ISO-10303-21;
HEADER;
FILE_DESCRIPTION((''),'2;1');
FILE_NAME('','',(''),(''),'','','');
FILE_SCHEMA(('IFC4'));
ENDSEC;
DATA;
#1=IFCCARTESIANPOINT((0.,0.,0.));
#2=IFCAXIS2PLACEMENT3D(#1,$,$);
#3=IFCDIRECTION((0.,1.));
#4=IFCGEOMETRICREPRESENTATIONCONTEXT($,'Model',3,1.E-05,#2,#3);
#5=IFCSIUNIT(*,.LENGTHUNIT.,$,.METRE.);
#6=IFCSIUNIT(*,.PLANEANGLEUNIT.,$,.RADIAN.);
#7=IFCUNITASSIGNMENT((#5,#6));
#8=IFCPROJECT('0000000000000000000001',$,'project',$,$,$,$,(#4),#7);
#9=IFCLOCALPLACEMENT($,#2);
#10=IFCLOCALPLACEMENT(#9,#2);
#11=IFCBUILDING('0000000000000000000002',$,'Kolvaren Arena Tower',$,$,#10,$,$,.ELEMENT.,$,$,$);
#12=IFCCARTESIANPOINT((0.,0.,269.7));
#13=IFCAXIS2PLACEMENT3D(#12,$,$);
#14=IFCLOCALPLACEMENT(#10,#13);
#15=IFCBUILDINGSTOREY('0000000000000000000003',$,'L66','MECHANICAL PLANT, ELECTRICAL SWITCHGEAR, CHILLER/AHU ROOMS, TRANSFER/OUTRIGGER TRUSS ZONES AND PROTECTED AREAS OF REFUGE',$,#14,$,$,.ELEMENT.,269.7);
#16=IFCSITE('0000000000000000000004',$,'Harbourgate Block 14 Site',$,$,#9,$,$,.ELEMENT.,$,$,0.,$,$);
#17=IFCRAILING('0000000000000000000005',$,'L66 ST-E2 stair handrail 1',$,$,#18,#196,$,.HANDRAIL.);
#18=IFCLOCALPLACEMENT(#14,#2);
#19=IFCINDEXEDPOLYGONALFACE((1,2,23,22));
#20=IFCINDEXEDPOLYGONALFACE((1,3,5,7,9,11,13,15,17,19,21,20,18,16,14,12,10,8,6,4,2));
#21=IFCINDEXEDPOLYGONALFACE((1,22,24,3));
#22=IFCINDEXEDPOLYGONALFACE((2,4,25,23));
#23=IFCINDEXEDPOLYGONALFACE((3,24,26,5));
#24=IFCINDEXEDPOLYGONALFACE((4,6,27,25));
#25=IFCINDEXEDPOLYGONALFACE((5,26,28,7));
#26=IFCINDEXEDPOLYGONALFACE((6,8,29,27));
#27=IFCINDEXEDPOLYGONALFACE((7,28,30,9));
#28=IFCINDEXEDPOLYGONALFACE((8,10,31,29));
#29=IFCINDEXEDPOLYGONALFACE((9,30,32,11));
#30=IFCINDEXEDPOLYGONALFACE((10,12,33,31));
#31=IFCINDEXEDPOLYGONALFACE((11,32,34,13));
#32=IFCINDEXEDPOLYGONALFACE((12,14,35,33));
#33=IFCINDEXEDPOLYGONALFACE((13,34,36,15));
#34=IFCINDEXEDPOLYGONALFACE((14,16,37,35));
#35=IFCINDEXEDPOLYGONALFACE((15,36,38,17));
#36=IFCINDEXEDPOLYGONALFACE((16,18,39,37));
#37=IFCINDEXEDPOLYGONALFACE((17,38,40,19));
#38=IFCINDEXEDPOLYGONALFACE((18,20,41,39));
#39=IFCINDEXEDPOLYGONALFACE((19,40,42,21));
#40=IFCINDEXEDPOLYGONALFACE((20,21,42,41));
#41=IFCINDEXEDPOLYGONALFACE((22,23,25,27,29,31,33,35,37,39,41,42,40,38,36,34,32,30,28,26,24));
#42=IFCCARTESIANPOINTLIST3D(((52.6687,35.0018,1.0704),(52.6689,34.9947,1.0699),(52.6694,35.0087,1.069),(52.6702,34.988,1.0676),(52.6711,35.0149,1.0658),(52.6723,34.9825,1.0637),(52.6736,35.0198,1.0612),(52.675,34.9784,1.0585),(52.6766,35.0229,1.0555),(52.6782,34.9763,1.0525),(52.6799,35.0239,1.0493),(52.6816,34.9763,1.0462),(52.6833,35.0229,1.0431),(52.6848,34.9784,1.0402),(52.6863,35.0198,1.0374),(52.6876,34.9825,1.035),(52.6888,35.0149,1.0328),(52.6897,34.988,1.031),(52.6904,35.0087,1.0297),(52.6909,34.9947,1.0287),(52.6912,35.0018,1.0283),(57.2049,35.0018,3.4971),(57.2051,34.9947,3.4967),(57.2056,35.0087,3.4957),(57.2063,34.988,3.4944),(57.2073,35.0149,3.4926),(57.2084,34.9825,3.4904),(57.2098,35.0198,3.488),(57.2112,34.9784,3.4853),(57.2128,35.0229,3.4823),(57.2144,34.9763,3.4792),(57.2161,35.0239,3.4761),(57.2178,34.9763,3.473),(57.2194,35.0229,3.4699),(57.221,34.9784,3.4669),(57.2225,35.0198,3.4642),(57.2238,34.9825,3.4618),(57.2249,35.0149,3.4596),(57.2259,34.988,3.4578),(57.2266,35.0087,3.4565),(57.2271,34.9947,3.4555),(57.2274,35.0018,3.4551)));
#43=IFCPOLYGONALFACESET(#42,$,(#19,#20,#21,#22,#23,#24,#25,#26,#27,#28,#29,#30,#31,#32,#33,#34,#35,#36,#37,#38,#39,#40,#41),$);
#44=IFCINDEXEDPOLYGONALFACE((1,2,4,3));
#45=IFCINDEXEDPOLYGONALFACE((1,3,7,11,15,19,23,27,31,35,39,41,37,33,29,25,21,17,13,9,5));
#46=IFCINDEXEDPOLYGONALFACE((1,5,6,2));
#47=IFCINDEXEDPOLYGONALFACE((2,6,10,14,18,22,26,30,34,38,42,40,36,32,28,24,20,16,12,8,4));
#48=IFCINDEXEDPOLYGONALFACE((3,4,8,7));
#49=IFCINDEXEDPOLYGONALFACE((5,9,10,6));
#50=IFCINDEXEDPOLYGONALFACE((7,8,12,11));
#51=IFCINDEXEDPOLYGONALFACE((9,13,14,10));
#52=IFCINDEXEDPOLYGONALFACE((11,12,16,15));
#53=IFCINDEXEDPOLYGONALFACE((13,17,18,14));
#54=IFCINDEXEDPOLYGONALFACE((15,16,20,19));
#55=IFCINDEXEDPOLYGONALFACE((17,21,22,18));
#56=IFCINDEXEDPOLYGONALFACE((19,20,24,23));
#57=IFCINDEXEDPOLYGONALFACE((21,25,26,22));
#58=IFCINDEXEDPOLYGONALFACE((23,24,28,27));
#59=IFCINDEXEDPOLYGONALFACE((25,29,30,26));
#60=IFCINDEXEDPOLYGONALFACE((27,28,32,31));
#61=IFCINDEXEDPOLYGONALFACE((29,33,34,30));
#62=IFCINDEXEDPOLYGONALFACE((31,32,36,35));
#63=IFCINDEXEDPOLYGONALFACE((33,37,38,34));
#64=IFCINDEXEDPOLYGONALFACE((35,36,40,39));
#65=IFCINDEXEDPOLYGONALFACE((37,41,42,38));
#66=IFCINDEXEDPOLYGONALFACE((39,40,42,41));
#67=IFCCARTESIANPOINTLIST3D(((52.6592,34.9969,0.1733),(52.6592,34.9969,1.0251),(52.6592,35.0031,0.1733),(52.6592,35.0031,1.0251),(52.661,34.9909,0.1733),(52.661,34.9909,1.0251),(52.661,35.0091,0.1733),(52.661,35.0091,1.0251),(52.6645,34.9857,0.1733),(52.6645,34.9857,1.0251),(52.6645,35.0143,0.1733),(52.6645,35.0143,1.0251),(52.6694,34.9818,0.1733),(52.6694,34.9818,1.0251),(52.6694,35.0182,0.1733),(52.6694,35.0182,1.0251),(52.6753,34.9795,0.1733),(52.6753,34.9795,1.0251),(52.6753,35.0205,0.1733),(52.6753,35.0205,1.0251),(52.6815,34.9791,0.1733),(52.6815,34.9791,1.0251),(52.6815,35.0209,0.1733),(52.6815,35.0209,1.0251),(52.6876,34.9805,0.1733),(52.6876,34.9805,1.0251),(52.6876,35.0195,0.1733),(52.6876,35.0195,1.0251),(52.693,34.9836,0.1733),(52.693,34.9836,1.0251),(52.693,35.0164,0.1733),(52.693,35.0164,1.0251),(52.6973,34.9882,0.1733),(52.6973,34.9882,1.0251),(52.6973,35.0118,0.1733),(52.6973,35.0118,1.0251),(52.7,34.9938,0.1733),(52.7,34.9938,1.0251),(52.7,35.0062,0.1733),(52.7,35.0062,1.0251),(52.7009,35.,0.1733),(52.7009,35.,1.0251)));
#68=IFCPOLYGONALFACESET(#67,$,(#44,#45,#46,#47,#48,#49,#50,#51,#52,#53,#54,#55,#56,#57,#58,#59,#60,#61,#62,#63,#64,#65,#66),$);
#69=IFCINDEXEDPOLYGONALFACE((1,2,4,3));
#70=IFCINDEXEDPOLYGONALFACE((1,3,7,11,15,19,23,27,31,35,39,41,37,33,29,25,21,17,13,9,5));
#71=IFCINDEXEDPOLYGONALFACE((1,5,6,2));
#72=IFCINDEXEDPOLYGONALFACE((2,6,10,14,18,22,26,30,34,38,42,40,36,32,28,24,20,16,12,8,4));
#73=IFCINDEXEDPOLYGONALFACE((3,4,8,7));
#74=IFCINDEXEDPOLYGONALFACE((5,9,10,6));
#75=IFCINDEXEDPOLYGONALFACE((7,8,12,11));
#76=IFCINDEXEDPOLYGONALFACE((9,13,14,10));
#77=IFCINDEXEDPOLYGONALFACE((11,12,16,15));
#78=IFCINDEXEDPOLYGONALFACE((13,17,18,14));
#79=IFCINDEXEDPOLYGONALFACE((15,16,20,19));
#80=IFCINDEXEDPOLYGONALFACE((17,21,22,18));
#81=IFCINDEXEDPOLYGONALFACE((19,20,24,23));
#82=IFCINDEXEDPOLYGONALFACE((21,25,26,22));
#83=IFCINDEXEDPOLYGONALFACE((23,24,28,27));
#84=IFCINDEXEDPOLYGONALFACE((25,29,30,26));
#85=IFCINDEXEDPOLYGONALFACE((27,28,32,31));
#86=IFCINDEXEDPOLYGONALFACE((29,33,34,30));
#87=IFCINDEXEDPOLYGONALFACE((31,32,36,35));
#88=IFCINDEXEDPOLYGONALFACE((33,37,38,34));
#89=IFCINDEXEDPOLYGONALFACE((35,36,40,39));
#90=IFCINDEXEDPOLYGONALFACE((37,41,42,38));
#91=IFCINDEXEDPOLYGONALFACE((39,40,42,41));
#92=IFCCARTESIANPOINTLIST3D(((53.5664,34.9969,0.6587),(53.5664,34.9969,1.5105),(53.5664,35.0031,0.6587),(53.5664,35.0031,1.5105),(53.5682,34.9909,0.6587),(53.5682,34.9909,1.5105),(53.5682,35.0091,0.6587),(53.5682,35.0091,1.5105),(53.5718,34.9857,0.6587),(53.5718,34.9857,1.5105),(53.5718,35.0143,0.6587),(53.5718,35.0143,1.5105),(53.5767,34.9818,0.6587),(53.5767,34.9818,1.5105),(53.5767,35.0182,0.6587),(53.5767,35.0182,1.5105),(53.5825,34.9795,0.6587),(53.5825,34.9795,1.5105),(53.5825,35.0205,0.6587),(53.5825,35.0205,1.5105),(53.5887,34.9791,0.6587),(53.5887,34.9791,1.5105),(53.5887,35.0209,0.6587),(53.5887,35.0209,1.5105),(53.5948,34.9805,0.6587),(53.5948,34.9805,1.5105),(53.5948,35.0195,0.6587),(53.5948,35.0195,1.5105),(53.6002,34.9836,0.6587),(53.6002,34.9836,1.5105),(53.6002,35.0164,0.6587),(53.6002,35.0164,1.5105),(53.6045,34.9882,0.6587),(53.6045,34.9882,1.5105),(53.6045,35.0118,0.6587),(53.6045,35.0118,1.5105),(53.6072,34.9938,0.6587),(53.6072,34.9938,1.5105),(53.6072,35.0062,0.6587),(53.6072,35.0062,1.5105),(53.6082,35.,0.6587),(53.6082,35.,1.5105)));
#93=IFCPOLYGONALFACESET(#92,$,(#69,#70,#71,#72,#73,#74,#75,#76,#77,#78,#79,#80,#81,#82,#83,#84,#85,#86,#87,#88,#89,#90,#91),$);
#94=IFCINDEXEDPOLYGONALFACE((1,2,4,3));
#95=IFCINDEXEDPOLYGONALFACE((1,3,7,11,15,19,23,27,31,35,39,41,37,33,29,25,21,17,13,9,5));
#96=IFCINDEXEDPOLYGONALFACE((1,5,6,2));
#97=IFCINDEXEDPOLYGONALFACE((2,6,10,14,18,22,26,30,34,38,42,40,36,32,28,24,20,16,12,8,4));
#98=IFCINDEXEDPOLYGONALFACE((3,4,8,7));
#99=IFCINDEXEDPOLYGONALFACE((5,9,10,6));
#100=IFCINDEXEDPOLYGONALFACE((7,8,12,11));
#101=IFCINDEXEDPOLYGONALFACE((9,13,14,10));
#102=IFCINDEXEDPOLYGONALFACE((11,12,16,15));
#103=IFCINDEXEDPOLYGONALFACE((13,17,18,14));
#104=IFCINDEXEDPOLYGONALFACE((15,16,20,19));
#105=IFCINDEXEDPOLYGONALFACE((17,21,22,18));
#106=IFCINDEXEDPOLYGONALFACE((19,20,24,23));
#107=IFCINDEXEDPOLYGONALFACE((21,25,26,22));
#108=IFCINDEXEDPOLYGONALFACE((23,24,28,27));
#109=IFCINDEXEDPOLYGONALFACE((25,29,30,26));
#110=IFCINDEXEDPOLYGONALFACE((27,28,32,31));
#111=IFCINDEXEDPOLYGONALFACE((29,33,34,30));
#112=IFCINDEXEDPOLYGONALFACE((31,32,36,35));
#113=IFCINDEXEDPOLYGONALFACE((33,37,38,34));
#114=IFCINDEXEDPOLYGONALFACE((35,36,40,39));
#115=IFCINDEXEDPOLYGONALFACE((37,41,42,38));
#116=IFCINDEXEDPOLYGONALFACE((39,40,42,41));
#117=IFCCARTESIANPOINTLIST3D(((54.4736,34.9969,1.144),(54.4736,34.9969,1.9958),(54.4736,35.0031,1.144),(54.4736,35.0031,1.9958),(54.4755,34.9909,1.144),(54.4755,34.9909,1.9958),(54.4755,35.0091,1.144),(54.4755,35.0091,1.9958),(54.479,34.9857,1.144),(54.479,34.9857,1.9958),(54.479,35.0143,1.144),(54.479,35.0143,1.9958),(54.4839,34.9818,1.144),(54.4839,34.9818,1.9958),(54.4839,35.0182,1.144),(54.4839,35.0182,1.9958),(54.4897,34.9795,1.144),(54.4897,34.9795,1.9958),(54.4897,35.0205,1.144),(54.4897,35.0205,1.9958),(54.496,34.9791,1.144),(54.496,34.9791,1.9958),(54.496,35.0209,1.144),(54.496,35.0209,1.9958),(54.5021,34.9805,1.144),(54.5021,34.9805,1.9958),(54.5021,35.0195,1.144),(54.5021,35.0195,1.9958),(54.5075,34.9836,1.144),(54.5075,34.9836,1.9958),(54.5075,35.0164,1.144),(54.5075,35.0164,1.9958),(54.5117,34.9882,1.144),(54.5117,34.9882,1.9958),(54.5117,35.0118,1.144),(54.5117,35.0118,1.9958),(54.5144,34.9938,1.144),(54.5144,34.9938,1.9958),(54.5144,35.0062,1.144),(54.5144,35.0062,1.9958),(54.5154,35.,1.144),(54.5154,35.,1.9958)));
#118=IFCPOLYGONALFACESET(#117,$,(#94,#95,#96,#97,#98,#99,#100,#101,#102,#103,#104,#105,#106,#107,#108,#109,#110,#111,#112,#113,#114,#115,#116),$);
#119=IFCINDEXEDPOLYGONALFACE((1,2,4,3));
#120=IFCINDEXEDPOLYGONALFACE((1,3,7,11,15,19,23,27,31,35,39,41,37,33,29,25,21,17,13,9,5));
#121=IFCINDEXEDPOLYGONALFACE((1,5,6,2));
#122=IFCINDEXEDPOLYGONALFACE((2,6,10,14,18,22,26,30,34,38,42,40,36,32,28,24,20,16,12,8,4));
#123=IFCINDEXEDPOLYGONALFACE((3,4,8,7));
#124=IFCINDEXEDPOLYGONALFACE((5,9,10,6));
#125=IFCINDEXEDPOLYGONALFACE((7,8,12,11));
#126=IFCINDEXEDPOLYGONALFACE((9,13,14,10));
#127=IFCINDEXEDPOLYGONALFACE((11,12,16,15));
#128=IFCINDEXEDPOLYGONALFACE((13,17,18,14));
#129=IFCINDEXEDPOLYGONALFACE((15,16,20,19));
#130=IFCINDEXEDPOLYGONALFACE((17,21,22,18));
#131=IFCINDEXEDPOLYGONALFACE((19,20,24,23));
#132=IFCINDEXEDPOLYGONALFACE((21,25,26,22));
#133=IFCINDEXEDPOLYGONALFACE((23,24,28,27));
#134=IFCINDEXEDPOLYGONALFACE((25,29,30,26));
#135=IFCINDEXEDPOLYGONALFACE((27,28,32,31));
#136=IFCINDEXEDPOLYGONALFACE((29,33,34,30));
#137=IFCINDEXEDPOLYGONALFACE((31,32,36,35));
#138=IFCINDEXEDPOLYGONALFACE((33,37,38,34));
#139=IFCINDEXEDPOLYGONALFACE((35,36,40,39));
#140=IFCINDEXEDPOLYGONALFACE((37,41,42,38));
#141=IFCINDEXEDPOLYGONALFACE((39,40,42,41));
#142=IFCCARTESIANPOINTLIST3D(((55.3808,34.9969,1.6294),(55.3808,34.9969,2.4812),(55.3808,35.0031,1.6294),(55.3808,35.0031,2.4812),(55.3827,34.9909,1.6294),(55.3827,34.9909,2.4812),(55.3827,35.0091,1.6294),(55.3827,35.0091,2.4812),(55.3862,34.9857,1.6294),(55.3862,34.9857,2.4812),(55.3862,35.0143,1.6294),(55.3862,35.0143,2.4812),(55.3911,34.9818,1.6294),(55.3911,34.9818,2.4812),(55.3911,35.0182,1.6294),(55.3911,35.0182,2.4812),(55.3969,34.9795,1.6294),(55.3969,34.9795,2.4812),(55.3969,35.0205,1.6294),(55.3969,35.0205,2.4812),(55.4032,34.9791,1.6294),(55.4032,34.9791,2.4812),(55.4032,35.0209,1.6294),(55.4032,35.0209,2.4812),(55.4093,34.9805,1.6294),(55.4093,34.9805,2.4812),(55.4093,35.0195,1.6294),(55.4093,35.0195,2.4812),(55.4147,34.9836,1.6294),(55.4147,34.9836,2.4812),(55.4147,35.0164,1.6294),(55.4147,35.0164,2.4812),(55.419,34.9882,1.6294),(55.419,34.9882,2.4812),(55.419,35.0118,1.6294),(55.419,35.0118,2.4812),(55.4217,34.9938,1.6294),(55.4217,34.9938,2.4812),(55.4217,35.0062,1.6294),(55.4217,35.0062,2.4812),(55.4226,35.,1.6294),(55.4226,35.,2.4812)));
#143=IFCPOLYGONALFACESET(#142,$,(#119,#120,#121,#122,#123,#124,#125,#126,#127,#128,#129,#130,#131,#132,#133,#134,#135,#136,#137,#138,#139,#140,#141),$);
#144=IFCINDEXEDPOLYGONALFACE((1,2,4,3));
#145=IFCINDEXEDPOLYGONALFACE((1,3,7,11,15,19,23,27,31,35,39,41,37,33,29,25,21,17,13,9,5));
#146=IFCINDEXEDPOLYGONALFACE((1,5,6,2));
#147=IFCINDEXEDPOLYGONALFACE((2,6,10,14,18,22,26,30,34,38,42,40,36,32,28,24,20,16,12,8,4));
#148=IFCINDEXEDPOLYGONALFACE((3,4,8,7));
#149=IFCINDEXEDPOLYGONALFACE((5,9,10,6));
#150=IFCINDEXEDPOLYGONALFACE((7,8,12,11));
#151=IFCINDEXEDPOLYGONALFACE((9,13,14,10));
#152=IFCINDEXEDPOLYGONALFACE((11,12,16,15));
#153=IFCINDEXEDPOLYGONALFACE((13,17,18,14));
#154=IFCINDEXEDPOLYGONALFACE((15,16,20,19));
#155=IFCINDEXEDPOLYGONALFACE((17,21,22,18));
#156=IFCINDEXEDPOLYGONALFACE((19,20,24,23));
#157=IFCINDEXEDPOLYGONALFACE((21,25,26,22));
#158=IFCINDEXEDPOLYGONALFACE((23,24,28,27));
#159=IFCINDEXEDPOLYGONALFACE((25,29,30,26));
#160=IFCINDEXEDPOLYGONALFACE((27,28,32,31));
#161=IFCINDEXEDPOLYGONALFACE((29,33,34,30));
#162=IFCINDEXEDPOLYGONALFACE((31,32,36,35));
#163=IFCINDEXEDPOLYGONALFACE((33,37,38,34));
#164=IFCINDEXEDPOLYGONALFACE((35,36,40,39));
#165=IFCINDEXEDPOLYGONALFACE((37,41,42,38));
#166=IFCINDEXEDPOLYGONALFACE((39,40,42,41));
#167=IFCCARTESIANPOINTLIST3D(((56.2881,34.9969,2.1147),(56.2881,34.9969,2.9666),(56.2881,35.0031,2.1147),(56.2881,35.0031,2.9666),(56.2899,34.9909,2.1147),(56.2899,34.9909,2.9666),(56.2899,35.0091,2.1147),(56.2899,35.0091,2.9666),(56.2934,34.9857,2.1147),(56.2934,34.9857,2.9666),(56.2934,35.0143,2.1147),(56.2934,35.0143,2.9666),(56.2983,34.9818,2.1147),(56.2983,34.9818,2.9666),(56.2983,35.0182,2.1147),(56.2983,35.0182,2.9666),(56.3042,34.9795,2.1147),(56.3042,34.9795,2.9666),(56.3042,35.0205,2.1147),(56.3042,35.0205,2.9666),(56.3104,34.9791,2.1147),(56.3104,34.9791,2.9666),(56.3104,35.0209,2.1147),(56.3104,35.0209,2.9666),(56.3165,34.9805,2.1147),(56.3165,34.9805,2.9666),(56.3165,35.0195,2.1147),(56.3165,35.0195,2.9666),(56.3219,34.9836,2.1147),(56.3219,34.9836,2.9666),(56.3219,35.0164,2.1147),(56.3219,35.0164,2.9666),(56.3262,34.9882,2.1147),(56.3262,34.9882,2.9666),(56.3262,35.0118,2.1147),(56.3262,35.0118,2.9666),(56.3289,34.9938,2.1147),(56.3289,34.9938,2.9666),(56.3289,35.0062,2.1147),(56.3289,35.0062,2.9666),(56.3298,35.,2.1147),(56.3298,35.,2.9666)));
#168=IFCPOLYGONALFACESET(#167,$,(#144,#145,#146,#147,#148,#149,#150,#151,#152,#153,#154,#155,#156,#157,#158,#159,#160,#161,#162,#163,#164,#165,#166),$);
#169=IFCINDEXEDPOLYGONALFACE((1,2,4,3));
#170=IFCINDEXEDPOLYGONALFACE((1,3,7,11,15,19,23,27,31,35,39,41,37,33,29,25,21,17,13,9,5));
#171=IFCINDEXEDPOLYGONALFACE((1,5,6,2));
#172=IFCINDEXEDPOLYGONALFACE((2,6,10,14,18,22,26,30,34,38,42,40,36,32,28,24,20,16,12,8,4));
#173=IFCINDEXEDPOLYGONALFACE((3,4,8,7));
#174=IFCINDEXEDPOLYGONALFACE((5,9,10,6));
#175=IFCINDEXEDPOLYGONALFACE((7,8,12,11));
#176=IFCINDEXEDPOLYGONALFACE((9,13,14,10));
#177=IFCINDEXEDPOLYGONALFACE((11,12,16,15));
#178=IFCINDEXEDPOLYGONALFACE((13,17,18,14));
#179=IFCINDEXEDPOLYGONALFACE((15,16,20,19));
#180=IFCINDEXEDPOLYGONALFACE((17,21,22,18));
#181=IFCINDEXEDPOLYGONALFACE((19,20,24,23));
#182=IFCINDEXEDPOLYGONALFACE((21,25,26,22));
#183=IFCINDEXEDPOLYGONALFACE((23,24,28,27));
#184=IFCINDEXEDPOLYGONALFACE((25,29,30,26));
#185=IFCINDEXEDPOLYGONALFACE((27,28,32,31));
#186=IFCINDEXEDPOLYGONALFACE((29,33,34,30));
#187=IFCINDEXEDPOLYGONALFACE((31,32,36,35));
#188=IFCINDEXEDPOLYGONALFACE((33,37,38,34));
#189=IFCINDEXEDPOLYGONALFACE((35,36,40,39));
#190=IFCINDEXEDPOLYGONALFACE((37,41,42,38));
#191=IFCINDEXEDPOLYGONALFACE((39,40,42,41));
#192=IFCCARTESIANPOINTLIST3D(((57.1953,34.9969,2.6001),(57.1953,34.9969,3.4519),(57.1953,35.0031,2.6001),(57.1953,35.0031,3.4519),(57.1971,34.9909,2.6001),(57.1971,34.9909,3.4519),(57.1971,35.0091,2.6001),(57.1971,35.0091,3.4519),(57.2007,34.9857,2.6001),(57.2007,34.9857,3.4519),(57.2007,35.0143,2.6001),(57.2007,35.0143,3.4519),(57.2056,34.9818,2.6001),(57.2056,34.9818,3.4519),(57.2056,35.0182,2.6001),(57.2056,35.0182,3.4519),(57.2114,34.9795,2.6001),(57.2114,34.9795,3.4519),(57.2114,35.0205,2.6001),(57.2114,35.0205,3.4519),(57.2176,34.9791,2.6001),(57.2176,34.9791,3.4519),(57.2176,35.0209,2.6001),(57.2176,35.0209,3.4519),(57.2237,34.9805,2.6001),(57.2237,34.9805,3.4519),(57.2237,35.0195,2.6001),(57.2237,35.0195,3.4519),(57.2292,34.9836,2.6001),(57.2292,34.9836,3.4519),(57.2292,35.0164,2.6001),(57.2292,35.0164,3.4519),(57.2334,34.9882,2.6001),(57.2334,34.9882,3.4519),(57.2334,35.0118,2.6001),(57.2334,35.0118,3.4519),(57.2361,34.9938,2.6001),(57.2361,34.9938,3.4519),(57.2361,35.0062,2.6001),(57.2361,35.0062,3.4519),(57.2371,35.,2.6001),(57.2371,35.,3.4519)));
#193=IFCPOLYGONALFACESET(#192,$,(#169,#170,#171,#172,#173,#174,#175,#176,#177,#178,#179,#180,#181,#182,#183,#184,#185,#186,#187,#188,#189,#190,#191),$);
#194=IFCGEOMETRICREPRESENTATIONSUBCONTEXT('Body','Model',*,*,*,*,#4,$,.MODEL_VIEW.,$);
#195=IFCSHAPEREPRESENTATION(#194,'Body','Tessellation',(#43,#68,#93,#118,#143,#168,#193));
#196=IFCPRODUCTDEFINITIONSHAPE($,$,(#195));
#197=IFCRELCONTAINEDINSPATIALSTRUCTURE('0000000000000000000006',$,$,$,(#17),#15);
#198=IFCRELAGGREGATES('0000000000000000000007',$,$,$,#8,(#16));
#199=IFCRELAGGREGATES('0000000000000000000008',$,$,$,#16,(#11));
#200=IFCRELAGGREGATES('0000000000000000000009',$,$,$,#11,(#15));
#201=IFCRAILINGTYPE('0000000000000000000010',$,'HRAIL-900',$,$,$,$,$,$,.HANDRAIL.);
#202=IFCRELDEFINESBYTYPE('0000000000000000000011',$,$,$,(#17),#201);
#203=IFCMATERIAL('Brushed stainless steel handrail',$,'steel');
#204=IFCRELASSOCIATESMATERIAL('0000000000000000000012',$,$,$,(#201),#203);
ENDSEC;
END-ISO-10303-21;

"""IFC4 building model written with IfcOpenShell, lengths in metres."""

from ifc_helpers import new_model, si_unit, direction, frame, origin, origin_2d, place, context, subcontext, project, spatial, circle, extrude, material, type_object, element, save


model = new_model("IFC4")

# Units and contexts
model_context = context("Model", 3, precision=1e-05, world=origin(), true_north=direction((0.0, 1.0)))
body_context = subcontext(model_context, "Body", "Model", "MODEL_VIEW")
ifc_project = project(units=[si_unit("LENGTHUNIT", "METRE"), si_unit("PLANEANGLEUNIT", "RADIAN")], contexts=[model_context])

# Site, building, storey
site_placement = place(None, origin())
site = spatial("IfcSite", under=ifc_project, at=site_placement, Name="Harbourgate Block 14 Site", CompositionType="ELEMENT", RefElevation=0.0)
building_placement = place(site_placement, origin())
building = spatial("IfcBuilding", under=site, at=building_placement, Name="Kolvaren Arena Tower", CompositionType="ELEMENT")
storey_placement = place(building_placement, frame((0.0, 0.0, 269.7)))
storey = spatial("IfcBuildingStorey", under=building, at=storey_placement, Name="L66", Description="MECHANICAL PLANT, ELECTRICAL SWITCHGEAR, CHILLER/AHU ROOMS, TRANSFER/OUTRIGGER TRUSS ZONES AND PROTECTED AREAS OF REFUGE", CompositionType="ELEMENT", Elevation=269.7)

# Railing
ifc_material_1 = material(Name="Brushed stainless steel handrail", Category="steel")
railing_type_1 = type_object("IfcRailingType", Name="HRAIL-900", PredefinedType="HANDRAIL", material=ifc_material_1)
railing_1_placement = place(storey_placement, frame((52.6799, 35.0, 0.1733)))
element("IfcRailing", 1, at=railing_1_placement, inside=storey, type_object=railing_type_1, Name="L66 ST-E2 stair handrail 1", PredefinedType="HANDRAIL", context=body_context, shape_type="SweptSolid", body=[
    extrude(circle(Radius=0.0239, at=origin_2d()), frame((0.0, 0.0, 0.876), z_axis=(0.881748, 0.0, 0.471721), x_axis=(0.0, 1.0, 0.0)), (0.0, 0.0, 1.0), 5.1445),
    extrude(circle(Radius=0.021, at=origin_2d()), origin(), (0.0, 0.0, 1.0), 0.8518),
    extrude(circle(Radius=0.021, at=origin_2d()), frame((0.9072, 0.0, 0.4854)), (0.0, 0.0, 1.0), 0.8518),
    extrude(circle(Radius=0.021, at=origin_2d()), frame((1.8145, 0.0, 0.9707)), (0.0, 0.0, 1.0), 0.8518),
    extrude(circle(Radius=0.021, at=origin_2d()), frame((2.7217, 0.0, 1.4561)), (0.0, 0.0, 1.0), 0.8518),
    extrude(circle(Radius=0.021, at=origin_2d()), frame((3.6289, 0.0, 1.9414)), (0.0, 0.0, 1.0), 0.8518),
    extrude(circle(Radius=0.021, at=origin_2d()), frame((4.5361, 0.0, 2.4268)), (0.0, 0.0, 1.0), 0.8518),
])

save(model, "model.ifc")
